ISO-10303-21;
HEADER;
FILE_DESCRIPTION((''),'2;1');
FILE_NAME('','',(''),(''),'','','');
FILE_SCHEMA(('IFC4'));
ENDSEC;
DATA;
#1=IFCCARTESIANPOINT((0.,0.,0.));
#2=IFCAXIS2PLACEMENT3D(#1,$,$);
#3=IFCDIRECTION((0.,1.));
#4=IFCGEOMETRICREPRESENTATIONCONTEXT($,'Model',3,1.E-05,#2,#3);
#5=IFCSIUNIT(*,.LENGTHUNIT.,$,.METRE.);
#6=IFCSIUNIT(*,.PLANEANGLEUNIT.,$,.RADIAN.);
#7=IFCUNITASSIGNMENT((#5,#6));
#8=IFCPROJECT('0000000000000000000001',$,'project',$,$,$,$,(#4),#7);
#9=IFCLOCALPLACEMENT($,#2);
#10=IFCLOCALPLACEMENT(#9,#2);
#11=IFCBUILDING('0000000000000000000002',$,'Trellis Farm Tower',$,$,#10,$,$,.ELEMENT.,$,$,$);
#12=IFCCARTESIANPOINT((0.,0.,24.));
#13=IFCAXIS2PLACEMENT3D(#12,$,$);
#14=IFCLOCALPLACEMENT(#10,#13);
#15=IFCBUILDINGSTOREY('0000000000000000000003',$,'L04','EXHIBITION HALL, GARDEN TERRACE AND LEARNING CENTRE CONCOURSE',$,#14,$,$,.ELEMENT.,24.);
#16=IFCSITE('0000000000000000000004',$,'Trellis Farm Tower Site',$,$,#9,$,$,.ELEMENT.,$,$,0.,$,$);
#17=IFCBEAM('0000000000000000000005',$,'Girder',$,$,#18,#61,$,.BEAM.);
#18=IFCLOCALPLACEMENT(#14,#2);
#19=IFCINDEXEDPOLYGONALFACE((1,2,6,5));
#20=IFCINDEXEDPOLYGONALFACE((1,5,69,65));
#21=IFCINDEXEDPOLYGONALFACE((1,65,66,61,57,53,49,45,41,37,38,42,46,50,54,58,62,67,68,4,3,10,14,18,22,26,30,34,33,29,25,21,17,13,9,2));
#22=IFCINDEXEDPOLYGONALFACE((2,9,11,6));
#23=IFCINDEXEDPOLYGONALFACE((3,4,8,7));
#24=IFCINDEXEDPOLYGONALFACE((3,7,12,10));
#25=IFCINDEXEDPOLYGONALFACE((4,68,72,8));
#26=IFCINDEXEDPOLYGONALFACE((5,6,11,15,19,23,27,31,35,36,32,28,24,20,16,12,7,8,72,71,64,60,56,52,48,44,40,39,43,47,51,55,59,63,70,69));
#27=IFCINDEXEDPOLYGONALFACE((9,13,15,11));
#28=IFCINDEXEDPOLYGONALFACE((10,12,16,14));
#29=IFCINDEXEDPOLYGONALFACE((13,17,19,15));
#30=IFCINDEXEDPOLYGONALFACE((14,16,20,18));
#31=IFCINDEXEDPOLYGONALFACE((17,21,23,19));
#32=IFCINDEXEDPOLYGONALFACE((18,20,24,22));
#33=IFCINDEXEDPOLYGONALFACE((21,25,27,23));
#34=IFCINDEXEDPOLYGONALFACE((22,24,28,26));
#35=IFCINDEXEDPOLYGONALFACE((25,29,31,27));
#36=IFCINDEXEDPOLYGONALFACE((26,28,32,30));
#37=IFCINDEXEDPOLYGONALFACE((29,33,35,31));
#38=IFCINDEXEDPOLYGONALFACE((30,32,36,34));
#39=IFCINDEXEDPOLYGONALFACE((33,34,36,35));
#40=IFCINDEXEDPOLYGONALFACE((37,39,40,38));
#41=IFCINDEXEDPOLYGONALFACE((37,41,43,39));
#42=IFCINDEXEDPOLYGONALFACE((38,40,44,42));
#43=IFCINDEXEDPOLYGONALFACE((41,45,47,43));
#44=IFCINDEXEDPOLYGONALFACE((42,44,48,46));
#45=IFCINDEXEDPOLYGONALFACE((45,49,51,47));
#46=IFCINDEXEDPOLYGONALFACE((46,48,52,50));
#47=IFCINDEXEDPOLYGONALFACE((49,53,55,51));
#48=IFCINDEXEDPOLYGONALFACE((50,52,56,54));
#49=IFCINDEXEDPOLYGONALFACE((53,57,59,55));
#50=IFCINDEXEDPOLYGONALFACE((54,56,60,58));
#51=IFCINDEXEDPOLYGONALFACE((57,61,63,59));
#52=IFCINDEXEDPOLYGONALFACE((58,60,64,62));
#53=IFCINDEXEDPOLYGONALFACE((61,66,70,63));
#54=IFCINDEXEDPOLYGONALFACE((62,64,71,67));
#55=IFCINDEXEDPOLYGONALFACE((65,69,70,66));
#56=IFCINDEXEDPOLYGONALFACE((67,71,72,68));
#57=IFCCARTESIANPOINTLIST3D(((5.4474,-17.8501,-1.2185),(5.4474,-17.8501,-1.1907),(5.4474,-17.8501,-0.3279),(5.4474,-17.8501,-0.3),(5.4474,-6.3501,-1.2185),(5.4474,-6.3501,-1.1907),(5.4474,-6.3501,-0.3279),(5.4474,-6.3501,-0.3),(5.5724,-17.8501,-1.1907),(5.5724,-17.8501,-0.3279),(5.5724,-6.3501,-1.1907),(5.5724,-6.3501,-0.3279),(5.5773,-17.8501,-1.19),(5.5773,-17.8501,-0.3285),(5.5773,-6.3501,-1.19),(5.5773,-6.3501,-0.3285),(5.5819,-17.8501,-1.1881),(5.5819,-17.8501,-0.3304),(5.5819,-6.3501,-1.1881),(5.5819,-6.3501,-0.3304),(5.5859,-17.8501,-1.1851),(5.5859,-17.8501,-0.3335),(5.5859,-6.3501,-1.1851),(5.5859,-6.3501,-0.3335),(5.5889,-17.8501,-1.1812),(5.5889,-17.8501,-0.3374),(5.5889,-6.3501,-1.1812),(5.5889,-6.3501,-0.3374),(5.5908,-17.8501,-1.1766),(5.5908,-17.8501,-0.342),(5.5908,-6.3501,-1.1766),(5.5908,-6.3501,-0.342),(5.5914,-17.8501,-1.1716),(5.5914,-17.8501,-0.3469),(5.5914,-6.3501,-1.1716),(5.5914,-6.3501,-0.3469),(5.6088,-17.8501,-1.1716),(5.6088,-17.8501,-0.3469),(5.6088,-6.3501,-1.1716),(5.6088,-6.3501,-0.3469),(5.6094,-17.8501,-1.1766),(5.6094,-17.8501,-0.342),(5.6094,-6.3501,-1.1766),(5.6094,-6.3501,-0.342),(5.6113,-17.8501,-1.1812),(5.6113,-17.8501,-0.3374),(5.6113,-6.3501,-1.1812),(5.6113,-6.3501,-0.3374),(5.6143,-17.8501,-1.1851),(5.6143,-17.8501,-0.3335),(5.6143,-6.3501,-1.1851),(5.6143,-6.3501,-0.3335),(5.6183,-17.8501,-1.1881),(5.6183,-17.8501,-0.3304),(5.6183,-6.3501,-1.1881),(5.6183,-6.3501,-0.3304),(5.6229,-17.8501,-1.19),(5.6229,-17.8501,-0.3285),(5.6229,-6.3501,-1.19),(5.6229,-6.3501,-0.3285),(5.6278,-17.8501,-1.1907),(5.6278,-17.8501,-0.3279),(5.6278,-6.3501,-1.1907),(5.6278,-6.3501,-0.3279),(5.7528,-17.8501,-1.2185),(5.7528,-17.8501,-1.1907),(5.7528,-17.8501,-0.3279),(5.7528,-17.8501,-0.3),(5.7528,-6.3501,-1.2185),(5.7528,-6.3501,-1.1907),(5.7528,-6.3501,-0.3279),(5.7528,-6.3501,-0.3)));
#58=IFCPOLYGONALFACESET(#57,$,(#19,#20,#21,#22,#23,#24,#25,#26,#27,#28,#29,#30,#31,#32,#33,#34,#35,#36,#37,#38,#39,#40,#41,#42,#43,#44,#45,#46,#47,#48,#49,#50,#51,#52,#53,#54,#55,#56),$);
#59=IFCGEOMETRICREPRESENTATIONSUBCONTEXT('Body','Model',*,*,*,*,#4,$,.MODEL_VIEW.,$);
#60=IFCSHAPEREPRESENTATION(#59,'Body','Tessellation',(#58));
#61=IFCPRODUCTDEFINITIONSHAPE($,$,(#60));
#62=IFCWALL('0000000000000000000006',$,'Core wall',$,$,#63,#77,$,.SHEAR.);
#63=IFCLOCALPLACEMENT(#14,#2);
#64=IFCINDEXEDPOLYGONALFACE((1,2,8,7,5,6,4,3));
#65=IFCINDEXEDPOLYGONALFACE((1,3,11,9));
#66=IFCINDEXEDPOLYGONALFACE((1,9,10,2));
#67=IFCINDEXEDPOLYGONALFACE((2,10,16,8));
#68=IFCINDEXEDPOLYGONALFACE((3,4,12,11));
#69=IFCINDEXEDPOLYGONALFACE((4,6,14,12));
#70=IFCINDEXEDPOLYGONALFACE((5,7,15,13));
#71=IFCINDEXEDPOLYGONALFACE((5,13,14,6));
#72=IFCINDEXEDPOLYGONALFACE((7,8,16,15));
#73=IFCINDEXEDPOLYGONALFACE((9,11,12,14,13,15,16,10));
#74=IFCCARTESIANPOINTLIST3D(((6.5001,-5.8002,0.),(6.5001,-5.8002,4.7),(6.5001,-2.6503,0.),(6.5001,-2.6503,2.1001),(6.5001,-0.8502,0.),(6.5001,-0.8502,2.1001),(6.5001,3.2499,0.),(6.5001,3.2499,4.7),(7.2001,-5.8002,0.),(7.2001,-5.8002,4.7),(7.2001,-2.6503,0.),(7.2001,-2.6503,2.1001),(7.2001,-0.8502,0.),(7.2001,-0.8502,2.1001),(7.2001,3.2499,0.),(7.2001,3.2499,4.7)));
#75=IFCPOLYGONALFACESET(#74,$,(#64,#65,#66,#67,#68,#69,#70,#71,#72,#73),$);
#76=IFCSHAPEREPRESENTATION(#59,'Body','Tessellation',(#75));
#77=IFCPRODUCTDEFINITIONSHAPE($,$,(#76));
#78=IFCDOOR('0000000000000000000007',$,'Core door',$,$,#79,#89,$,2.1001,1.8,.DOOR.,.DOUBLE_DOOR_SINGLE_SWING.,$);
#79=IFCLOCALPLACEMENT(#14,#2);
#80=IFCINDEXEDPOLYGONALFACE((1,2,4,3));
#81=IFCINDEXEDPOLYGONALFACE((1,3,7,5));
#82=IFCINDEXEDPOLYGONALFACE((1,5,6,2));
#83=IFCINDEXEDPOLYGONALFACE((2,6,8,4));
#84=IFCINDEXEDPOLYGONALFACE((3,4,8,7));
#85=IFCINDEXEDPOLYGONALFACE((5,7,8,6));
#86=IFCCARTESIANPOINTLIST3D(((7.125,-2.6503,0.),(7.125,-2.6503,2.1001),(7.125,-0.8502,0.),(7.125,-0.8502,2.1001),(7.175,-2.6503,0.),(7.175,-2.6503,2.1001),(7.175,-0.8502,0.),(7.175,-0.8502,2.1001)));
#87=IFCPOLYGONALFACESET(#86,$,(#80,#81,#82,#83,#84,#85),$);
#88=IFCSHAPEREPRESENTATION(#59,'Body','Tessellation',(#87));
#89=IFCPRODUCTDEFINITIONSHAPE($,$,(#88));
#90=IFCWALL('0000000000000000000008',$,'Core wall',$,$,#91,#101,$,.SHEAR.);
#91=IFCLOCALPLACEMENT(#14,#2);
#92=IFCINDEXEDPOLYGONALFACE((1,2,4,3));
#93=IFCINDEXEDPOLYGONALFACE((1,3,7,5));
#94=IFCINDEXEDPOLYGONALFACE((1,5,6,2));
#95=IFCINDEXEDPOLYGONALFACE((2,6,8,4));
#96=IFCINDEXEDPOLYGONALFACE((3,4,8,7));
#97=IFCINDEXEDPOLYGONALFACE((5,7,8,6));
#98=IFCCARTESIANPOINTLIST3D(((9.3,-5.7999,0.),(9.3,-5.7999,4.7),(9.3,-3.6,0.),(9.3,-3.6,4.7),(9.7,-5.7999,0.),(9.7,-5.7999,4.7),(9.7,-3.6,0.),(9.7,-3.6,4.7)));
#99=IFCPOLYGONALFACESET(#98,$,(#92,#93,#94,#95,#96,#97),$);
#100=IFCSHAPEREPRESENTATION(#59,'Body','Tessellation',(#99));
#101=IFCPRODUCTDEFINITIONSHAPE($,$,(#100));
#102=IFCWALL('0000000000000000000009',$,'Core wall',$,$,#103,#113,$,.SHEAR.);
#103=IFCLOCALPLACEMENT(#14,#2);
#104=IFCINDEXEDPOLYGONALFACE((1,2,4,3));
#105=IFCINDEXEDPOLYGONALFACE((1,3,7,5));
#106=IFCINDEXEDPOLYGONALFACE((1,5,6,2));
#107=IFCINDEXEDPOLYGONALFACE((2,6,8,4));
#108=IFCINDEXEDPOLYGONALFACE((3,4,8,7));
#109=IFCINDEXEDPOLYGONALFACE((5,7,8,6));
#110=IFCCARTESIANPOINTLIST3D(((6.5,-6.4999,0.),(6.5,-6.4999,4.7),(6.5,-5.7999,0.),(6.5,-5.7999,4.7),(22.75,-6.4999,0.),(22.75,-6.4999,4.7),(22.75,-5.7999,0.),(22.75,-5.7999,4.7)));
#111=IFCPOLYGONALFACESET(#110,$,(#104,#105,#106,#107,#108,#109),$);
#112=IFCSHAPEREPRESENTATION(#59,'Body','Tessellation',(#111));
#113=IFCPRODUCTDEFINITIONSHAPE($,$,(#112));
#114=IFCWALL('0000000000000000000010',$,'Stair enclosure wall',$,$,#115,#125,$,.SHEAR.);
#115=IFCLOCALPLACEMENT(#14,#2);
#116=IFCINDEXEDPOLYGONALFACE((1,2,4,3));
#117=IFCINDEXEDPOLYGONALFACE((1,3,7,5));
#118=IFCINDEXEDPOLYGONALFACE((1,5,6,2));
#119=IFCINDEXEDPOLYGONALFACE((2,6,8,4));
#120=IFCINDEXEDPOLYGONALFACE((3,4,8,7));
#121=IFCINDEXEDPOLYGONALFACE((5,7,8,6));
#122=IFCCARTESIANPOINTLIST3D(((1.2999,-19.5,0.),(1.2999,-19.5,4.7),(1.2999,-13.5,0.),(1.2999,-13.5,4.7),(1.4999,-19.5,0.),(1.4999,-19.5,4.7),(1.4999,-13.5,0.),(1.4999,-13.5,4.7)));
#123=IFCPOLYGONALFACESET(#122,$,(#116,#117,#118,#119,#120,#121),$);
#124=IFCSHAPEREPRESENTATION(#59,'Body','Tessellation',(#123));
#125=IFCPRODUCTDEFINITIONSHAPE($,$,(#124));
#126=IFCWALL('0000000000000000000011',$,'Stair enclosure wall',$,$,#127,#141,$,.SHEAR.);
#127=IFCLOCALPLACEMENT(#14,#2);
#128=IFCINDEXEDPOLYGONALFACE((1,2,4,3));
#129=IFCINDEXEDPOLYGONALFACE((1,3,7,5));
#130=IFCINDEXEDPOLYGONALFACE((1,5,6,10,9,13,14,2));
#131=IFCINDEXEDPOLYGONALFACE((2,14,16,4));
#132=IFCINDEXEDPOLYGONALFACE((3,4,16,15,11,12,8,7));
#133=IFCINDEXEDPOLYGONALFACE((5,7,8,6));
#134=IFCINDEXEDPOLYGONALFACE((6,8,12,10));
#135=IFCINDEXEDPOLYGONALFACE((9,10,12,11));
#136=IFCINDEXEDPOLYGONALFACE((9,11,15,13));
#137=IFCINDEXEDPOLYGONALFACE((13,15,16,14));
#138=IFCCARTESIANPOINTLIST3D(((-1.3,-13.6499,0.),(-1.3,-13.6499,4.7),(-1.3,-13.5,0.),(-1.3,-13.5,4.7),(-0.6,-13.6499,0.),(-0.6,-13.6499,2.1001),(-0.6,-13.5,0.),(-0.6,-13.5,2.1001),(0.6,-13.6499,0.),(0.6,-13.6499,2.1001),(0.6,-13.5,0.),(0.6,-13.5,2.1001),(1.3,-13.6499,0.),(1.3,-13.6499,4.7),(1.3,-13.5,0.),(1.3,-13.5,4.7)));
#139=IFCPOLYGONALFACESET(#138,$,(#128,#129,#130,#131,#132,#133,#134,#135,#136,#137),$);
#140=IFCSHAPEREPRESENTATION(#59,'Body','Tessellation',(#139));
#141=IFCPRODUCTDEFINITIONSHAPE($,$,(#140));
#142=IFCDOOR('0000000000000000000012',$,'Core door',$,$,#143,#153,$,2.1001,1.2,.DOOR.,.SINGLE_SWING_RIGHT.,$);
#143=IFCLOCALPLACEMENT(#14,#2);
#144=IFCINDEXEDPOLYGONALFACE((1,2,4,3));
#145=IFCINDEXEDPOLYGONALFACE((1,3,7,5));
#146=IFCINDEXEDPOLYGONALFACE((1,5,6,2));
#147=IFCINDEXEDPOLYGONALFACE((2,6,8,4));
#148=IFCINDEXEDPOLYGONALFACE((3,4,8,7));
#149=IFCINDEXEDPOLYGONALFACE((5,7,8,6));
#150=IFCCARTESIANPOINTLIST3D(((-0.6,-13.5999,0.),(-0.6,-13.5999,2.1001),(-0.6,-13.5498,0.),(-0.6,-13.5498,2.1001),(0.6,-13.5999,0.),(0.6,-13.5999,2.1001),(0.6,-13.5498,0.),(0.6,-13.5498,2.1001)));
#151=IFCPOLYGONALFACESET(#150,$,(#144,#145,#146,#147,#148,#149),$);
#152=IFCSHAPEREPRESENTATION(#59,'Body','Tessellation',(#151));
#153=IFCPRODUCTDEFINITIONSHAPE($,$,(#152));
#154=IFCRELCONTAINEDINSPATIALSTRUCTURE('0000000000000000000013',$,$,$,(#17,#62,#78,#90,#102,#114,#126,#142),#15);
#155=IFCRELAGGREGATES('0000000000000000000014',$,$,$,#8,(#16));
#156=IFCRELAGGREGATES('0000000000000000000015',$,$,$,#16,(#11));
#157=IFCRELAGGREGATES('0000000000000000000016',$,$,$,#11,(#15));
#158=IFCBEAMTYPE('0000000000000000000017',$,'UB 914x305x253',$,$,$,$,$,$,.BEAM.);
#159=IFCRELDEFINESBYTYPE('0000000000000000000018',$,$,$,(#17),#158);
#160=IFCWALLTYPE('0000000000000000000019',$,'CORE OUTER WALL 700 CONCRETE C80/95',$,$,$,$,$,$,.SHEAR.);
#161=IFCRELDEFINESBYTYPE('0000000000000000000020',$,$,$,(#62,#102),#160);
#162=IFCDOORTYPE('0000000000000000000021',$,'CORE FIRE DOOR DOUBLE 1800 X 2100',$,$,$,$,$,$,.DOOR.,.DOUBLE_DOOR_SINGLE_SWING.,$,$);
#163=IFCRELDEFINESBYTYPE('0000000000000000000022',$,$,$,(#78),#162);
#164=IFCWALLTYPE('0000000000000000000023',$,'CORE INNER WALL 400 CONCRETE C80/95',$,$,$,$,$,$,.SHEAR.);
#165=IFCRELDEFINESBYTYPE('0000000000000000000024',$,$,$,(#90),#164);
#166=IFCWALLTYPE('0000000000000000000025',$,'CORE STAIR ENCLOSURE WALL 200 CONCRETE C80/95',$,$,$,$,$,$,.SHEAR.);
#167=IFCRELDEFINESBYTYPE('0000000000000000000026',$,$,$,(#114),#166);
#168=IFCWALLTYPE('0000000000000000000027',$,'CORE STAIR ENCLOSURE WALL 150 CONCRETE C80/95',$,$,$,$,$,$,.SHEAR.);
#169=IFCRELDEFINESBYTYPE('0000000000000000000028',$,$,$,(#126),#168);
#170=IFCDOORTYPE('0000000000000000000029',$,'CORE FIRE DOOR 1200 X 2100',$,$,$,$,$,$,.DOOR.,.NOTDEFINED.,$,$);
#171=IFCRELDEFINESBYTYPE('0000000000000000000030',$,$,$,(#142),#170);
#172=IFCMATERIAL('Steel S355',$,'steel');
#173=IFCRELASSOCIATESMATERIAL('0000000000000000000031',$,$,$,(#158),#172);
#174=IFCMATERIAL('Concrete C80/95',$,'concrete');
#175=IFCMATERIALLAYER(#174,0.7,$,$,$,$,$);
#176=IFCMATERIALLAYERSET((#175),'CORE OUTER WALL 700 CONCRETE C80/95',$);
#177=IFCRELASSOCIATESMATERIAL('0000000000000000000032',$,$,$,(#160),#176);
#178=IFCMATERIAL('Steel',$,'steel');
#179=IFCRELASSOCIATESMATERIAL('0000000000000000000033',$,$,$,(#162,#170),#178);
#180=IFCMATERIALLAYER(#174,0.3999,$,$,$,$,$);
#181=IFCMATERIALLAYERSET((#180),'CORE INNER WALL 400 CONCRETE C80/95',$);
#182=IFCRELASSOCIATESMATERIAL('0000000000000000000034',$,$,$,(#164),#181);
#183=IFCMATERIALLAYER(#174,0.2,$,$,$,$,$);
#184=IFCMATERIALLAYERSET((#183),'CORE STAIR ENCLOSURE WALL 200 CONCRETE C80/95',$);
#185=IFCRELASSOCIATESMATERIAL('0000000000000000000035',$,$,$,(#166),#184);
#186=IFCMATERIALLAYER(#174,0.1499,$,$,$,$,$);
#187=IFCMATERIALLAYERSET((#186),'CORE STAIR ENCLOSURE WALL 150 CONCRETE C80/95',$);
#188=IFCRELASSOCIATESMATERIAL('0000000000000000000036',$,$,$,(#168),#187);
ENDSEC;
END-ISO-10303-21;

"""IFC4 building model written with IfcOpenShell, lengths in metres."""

from ifc_helpers import new_model, si_unit, direction, frame, frame_2d, origin, origin_2d, place, context, subcontext, project, spatial, rectangle, i_section, extrude, source, transform, mapped, material, layer, layer_set, material_profile, profile_set, type_object, element, fill, save


model = new_model("IFC4")

# Units and contexts
model_context = context("Model", 3, precision=1e-05, world=origin(), true_north=direction((0.0, 1.0)))
body_context = subcontext(model_context, "Body", "Model", "MODEL_VIEW")
ifc_project = project(units=[si_unit("LENGTHUNIT", "METRE"), si_unit("PLANEANGLEUNIT", "RADIAN")], contexts=[model_context])

# Site, building, storey
site_placement = place(None, origin())
site = spatial("IfcSite", under=ifc_project, at=site_placement, Name="Trellis Farm Tower Site", CompositionType="ELEMENT", RefElevation=0.0)
building_placement = place(site_placement, origin())
building = spatial("IfcBuilding", under=site, at=building_placement, Name="Trellis Farm Tower", CompositionType="ELEMENT")
storey_placement = place(building_placement, frame((0.0, 0.0, 24.0)))
storey = spatial("IfcBuildingStorey", under=building, at=storey_placement, Name="L04", Description="EXHIBITION HALL, GARDEN TERRACE AND LEARNING CENTRE CONCOURSE", CompositionType="ELEMENT", Elevation=24.0)

# Beam
ifc_material_1 = material(Name="Steel S355", Category="steel")
ifc_material_profile_1 = material_profile(ifc_material_1, i_section(OverallWidth=0.3054, OverallDepth=0.9185, WebThickness=0.0173, FlangeThickness=0.0278, FilletRadius=0.019, at=origin_2d()), Name="UB 914x305x253")
ifc_profile_set_1 = profile_set([ifc_material_profile_1], Name="Steel S355")
beam_type_1 = type_object("IfcBeamType", Name="UB 914x305x253", PredefinedType="BEAM", material=ifc_profile_set_1)
shared_shape_1 = source(origin(), body_context, "Body", "SweptSolid", [
    extrude(i_section(OverallWidth=0.3054, OverallDepth=0.9185, WebThickness=0.0173, FlangeThickness=0.0278, FilletRadius=0.019, at=origin_2d()), origin(), (0.0, 0.0, 1.0), 11.5),
])
beam_1_placement = place(storey_placement, frame((5.6001, -17.8501, -0.7593), z_axis=(0.0, 1.0, 0.0), x_axis=(-1.0, 0.0, 0.0)))
element("IfcBeam", 1, at=beam_1_placement, inside=storey, type_object=beam_type_1, Name="Girder", PredefinedType="BEAM", context=body_context, shape_type="MappedRepresentation", body=[
    mapped(shared_shape_1, transform((0.0, 0.0, 0.0))),
])

# Wall, opening, door
ifc_material_2 = material(Name="Concrete C80/95", Category="concrete")
ifc_layer_1 = layer(ifc_material_2, 0.7)
ifc_layer_set_1 = layer_set([ifc_layer_1], Name="CORE OUTER WALL 700 CONCRETE C80/95")
wall_type_1 = type_object("IfcWallType", Name="CORE OUTER WALL 700 CONCRETE C80/95", PredefinedType="SHEAR", material=ifc_layer_set_1)
shared_shape_2 = source(origin(), body_context, "Body", "SweptSolid", [
    extrude(rectangle(XDim=9.05, YDim=0.7, at=frame_2d((4.5249, 0.0))), origin(), (0.0, 0.0, 1.0), 4.7),
])
wall_1_placement = place(storey_placement, frame((6.8501, -5.8, 0.0), z_axis=(0.0, 0.0, 1.0), x_axis=(0.0, 1.0, 0.0)))
wall_1 = element("IfcWall", 2, at=wall_1_placement, inside=storey, type_object=wall_type_1, Name="Core wall", PredefinedType="SHEAR", context=body_context, shape_type="MappedRepresentation", body=[
    mapped(shared_shape_2, transform((0.0, 0.0, 0.0))),
])
shared_shape_3 = source(origin(), body_context, "Body", "SweptSolid", [
    extrude(rectangle(XDim=1.8, YDim=2.1001, at=frame_2d((0.8999, 1.05))), frame((0.0, 0.3601, 0.0), z_axis=(0.0, -1.0, 0.0), x_axis=(1.0, 0.0, 0.0)), (0.0, 0.0, 1.0), 0.7202),
])
opening_1_placement = place(wall_1_placement, frame((3.1499, 0.0, 0.0)))
opening_1 = element("IfcOpeningElement", 3, at=opening_1_placement, cuts=wall_1, PredefinedType="OPENING", context=body_context, shape_type="MappedRepresentation", body=[
    mapped(shared_shape_3, transform((0.0, 0.0, 0.0))),
])
ifc_material_3 = material(Name="Steel", Category="steel")
door_type_1 = type_object("IfcDoorType", Name="CORE FIRE DOOR DOUBLE 1800 X 2100", OperationType="DOUBLE_DOOR_SINGLE_SWING", PredefinedType="DOOR", material=ifc_material_3)
shared_shape_4 = source(origin(), body_context, "Body", "SweptSolid", [
    extrude(rectangle(XDim=1.8, YDim=2.1001, at=frame_2d((0.8999, 1.05))), frame((0.0, -0.2749, 0.0), z_axis=(0.0, -1.0, 0.0), x_axis=(1.0, 0.0, 0.0)), (0.0, 0.0, 1.0), 0.05),
])
door_1_placement = place(opening_1_placement, origin())
door_1 = element("IfcDoor", 4, at=door_1_placement, inside=storey, type_object=door_type_1, Name="Core door", OperationType="DOUBLE_DOOR_SINGLE_SWING", OverallHeight=2.1001, OverallWidth=1.8, PredefinedType="DOOR", context=body_context, shape_type="MappedRepresentation", body=[
    mapped(shared_shape_4, transform((0.0, 0.0, 0.0))),
])
fill(opening_1, door_1)

# Walls
ifc_layer_2 = layer(ifc_material_2, 0.3999)
ifc_layer_set_2 = layer_set([ifc_layer_2], Name="CORE INNER WALL 400 CONCRETE C80/95")
wall_type_2 = type_object("IfcWallType", Name="CORE INNER WALL 400 CONCRETE C80/95", PredefinedType="SHEAR", material=ifc_layer_set_2)
shared_shape_5 = source(origin(), body_context, "Body", "SweptSolid", [
    extrude(rectangle(XDim=2.2, YDim=0.3999, at=frame_2d((1.1001, 0.0))), origin(), (0.0, 0.0, 1.0), 4.7),
])
wall_2_placement = place(storey_placement, frame((9.5, -5.8, 0.0), z_axis=(0.0, 0.0, 1.0), x_axis=(0.0, 1.0, 0.0)))
element("IfcWall", 5, at=wall_2_placement, inside=storey, type_object=wall_type_2, Name="Core wall", PredefinedType="SHEAR", context=body_context, shape_type="MappedRepresentation", body=[
    mapped(shared_shape_5, transform((0.0, 0.0, 0.0))),
])
shared_shape_6 = source(origin(), body_context, "Body", "SweptSolid", [
    extrude(rectangle(XDim=16.25, YDim=0.7, at=frame_2d((8.125, 0.0))), origin(), (0.0, 0.0, 1.0), 4.7),
])
wall_3_placement = place(storey_placement, frame((6.5, -6.1499, 0.0), z_axis=(0.0, 0.0, 1.0), x_axis=(1.0, 0.0, 0.0)))
element("IfcWall", 6, at=wall_3_placement, inside=storey, type_object=wall_type_1, Name="Core wall", PredefinedType="SHEAR", context=body_context, shape_type="MappedRepresentation", body=[
    mapped(shared_shape_6, transform((0.0, 0.0, 0.0))),
])
ifc_layer_3 = layer(ifc_material_2, 0.2)
ifc_layer_set_3 = layer_set([ifc_layer_3], Name="CORE STAIR ENCLOSURE WALL 200 CONCRETE C80/95")
wall_type_3 = type_object("IfcWallType", Name="CORE STAIR ENCLOSURE WALL 200 CONCRETE C80/95", PredefinedType="SHEAR", material=ifc_layer_set_3)
shared_shape_7 = source(origin(), body_context, "Body", "SweptSolid", [
    extrude(rectangle(XDim=6.0, YDim=0.2, at=frame_2d((3.0, 0.0))), origin(), (0.0, 0.0, 1.0), 4.7),
])
wall_4_placement = place(storey_placement, frame((1.3999, -13.5, 0.0), z_axis=(0.0, 0.0, 1.0), x_axis=(0.0, -1.0, 0.0)))
element("IfcWall", 7, at=wall_4_placement, inside=storey, type_object=wall_type_3, Name="Stair enclosure wall", PredefinedType="SHEAR", context=body_context, shape_type="MappedRepresentation", body=[
    mapped(shared_shape_7, transform((0.0, 0.0, 0.0))),
])

# Wall, opening, door
ifc_layer_4 = layer(ifc_material_2, 0.1499)
ifc_layer_set_4 = layer_set([ifc_layer_4], Name="CORE STAIR ENCLOSURE WALL 150 CONCRETE C80/95")
wall_type_4 = type_object("IfcWallType", Name="CORE STAIR ENCLOSURE WALL 150 CONCRETE C80/95", PredefinedType="SHEAR", material=ifc_layer_set_4)
shared_shape_8 = source(origin(), body_context, "Body", "SweptSolid", [
    extrude(rectangle(XDim=2.6001, YDim=0.1499, at=frame_2d((1.3, 0.0))), origin(), (0.0, 0.0, 1.0), 4.7),
])
wall_5_placement = place(storey_placement, frame((1.3, -13.575, 0.0), z_axis=(0.0, 0.0, 1.0), x_axis=(-1.0, 0.0, 0.0)))
wall_5 = element("IfcWall", 8, at=wall_5_placement, inside=storey, type_object=wall_type_4, Name="Stair enclosure wall", PredefinedType="SHEAR", context=body_context, shape_type="MappedRepresentation", body=[
    mapped(shared_shape_8, transform((0.0, 0.0, 0.0))),
])
shared_shape_9 = source(origin(), body_context, "Body", "SweptSolid", [
    extrude(rectangle(XDim=1.2, YDim=2.1001, at=frame_2d((0.6001, 1.05))), frame((0.0, 0.085, 0.0), z_axis=(0.0, -1.0, 0.0), x_axis=(1.0, 0.0, 0.0)), (0.0, 0.0, 1.0), 0.1699),
])
opening_2_placement = place(wall_5_placement, frame((0.7, 0.0, 0.0)))
opening_2 = element("IfcOpeningElement", 9, at=opening_2_placement, cuts=wall_5, PredefinedType="OPENING", context=body_context, shape_type="MappedRepresentation", body=[
    mapped(shared_shape_9, transform((0.0, 0.0, 0.0))),
])
door_type_2 = type_object("IfcDoorType", Name="CORE FIRE DOOR 1200 X 2100", OperationType="NOTDEFINED", PredefinedType="DOOR", material=ifc_material_3)
shared_shape_10 = source(origin(), body_context, "Body", "SweptSolid", [
    extrude(rectangle(XDim=1.2, YDim=2.1001, at=frame_2d((0.6001, 1.05))), frame((0.0, 0.0249, 0.0), z_axis=(0.0, -1.0, 0.0), x_axis=(1.0, 0.0, 0.0)), (0.0, 0.0, 1.0), 0.05),
])
door_2_placement = place(opening_2_placement, origin())
door_2 = element("IfcDoor", 10, at=door_2_placement, inside=storey, type_object=door_type_2, Name="Core door", OperationType="SINGLE_SWING_RIGHT", OverallHeight=2.1001, OverallWidth=1.2, PredefinedType="DOOR", context=body_context, shape_type="MappedRepresentation", body=[
    mapped(shared_shape_10, transform((0.0, 0.0, 0.0))),
])
fill(opening_2, door_2)

save(model, "model.ifc")
